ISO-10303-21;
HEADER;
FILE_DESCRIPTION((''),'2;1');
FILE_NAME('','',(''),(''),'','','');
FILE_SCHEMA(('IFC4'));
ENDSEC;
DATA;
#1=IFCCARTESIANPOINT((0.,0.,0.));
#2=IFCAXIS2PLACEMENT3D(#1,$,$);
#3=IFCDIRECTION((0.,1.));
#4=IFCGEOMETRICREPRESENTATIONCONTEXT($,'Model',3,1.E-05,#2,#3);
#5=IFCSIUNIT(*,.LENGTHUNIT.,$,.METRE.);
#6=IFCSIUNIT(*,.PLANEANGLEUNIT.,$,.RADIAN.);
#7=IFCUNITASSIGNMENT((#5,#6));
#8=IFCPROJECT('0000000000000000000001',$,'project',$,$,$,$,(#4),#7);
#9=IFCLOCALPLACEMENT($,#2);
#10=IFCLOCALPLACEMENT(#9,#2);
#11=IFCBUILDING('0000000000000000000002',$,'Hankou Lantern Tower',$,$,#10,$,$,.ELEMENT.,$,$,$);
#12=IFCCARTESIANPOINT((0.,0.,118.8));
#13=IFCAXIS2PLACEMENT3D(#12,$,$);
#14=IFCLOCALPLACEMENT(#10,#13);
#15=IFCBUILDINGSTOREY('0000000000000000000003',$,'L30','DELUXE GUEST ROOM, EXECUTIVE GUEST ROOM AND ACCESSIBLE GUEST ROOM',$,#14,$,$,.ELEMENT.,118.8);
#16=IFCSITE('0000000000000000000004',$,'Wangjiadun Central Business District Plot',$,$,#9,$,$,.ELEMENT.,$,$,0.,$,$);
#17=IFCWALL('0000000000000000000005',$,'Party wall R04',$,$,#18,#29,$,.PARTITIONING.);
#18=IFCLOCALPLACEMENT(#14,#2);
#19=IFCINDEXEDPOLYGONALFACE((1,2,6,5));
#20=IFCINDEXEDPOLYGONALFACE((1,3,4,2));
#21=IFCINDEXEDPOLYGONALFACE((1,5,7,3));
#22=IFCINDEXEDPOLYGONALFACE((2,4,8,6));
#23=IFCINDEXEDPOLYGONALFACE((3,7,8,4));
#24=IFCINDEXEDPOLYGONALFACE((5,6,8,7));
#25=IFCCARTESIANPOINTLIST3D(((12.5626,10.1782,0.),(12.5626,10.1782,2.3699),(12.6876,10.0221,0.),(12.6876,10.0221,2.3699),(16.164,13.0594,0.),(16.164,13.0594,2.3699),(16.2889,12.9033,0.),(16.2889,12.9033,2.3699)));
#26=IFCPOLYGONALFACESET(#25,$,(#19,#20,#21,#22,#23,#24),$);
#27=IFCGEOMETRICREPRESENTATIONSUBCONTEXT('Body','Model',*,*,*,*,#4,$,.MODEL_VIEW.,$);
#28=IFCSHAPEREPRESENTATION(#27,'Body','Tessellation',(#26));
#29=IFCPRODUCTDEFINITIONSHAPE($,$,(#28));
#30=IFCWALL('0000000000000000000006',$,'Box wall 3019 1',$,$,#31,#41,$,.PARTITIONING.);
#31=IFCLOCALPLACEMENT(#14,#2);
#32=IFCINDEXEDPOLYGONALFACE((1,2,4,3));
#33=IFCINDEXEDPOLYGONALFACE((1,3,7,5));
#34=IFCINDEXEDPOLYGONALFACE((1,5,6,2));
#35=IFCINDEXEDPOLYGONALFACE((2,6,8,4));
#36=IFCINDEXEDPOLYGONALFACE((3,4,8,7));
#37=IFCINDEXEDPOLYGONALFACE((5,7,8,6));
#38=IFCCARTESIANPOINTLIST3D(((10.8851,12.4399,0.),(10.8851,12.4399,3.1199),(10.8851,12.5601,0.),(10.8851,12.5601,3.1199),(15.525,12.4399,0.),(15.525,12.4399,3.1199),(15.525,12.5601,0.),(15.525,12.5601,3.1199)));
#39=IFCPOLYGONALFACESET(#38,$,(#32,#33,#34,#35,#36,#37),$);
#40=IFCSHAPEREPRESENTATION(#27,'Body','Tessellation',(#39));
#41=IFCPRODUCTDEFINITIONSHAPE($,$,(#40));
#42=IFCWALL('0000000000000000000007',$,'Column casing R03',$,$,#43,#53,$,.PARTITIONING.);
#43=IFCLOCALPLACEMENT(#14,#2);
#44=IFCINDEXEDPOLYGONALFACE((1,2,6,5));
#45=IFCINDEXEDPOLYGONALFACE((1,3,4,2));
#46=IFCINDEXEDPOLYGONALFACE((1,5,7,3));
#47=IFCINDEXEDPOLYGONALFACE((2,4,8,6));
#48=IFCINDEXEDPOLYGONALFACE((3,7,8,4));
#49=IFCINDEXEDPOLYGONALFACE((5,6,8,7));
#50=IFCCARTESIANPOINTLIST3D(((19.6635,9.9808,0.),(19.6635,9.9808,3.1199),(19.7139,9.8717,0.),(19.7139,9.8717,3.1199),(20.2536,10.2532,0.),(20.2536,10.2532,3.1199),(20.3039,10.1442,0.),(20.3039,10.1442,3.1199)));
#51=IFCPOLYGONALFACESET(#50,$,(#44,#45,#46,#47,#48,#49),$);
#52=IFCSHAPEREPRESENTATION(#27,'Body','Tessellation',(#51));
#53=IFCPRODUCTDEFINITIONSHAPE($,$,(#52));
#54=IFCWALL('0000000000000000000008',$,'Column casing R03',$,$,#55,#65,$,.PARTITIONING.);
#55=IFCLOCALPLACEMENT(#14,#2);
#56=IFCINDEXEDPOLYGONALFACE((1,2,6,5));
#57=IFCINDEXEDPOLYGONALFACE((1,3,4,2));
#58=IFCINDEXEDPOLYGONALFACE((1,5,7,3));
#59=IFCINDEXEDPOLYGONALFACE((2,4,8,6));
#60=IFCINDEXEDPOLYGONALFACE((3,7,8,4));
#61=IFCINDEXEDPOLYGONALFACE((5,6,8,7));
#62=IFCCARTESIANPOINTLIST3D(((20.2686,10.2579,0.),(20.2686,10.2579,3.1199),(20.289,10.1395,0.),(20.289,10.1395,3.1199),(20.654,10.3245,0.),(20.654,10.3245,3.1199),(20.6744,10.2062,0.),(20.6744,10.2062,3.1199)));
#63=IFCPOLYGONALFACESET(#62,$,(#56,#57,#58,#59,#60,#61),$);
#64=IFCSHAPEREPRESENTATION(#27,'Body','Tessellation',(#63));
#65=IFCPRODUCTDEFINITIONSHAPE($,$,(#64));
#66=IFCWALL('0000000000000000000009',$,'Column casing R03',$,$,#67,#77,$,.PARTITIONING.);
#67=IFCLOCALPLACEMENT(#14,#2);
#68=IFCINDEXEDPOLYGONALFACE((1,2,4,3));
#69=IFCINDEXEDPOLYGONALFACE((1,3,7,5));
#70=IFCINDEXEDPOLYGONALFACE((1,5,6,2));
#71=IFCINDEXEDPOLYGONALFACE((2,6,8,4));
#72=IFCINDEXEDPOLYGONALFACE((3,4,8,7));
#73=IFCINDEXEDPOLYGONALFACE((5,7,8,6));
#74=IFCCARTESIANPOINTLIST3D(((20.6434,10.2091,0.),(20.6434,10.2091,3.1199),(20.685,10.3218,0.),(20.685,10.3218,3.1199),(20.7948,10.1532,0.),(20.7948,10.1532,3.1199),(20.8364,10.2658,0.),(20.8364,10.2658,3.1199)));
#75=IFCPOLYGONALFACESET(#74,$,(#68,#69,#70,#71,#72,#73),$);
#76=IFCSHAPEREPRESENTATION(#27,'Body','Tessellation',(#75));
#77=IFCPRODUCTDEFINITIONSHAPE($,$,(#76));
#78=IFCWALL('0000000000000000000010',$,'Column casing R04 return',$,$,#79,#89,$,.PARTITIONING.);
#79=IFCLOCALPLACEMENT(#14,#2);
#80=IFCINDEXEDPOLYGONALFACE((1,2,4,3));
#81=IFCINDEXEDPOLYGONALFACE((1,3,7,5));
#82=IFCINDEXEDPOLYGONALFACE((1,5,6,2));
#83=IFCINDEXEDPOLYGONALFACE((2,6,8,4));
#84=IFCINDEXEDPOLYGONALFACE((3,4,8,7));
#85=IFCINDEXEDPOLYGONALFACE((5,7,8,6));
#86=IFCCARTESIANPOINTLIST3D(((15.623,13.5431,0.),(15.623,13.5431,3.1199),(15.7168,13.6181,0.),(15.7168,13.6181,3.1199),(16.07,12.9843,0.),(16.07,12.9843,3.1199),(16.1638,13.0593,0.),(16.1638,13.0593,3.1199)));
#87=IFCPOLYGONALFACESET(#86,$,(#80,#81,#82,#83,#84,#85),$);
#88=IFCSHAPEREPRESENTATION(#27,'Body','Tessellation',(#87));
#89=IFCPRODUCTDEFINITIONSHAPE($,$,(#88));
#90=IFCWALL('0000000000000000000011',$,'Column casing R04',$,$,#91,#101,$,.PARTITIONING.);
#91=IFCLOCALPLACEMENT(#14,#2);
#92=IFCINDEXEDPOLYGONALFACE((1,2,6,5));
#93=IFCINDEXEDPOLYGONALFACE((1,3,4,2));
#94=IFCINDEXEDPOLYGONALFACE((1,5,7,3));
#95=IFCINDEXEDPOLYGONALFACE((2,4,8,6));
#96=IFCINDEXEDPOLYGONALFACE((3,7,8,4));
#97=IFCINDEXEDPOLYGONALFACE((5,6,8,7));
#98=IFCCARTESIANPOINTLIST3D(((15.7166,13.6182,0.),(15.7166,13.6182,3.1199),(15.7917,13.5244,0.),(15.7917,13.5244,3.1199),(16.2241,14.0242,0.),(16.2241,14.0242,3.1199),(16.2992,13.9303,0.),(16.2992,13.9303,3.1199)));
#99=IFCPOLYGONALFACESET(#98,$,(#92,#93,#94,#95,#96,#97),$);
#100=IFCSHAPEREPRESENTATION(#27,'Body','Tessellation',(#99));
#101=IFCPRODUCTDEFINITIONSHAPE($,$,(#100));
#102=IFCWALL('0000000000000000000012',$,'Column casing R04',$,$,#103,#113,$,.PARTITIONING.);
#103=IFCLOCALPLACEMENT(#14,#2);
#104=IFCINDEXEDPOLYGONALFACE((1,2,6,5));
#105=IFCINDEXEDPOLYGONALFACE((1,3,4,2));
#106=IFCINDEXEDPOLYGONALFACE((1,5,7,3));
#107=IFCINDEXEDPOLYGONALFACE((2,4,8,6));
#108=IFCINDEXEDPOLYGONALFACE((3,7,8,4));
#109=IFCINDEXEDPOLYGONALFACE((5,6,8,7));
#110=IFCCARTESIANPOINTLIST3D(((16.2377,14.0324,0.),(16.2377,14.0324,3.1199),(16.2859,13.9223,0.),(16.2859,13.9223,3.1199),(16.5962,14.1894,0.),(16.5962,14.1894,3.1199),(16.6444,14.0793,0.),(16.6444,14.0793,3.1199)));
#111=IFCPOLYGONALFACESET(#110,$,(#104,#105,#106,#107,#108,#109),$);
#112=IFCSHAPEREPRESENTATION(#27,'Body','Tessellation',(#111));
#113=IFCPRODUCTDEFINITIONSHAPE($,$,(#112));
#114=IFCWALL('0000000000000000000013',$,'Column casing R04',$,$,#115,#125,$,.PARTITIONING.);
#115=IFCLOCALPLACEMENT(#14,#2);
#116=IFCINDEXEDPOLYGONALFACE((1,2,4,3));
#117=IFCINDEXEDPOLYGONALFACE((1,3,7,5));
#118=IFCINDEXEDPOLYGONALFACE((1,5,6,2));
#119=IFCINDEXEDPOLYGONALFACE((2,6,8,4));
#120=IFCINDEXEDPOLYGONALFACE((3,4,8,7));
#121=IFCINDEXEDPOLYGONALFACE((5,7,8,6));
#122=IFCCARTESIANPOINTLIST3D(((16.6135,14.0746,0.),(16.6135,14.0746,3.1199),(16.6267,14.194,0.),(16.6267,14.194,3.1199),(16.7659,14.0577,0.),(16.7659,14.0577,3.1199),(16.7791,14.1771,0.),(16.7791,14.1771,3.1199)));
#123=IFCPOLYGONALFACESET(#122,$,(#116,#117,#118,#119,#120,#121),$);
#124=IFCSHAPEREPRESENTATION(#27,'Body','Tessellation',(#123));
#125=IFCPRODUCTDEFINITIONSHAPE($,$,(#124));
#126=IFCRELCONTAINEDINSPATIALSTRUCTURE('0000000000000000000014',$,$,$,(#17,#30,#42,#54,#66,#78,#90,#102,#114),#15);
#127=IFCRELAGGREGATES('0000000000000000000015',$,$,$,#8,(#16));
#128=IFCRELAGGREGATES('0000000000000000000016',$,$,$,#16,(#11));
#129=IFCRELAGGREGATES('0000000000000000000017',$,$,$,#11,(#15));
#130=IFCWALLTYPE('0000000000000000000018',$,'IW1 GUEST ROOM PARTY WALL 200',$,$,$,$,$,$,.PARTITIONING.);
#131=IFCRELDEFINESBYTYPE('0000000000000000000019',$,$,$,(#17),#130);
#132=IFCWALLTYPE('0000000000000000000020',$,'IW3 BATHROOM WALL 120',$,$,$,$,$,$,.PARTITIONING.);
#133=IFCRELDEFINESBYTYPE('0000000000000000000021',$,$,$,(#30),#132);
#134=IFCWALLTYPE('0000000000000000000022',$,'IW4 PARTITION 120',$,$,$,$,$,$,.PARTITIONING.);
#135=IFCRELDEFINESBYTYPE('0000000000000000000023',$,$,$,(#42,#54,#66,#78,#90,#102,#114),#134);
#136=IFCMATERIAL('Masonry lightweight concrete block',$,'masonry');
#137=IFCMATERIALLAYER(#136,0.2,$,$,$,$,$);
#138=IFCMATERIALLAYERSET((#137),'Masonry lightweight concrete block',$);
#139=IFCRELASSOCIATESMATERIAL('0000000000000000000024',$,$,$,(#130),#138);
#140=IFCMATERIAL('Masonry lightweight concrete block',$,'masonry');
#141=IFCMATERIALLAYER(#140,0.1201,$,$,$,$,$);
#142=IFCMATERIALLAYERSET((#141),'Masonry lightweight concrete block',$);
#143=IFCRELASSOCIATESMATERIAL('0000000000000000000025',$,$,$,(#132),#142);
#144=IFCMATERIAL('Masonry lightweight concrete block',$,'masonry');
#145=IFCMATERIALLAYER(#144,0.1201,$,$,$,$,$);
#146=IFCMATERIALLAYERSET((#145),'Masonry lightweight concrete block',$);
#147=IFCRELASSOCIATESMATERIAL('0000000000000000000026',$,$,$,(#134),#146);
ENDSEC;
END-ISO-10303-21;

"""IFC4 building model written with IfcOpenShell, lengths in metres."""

from ifc_helpers import new_model, si_unit, direction, frame, frame_2d, origin, place, context, subcontext, project, spatial, rectangle, extrude, material, layer, layer_set, type_object, element, save


model = new_model("IFC4")

# Units and contexts
model_context = context("Model", 3, precision=1e-05, world=origin(), true_north=direction((0.0, 1.0)))
body_context = subcontext(model_context, "Body", "Model", "MODEL_VIEW")
ifc_project = project(units=[si_unit("LENGTHUNIT", "METRE"), si_unit("PLANEANGLEUNIT", "RADIAN")], contexts=[model_context])

# Site, building, storey
site_placement = place(None, origin())
site = spatial("IfcSite", under=ifc_project, at=site_placement, Name="Wangjiadun Central Business District Plot", CompositionType="ELEMENT", RefElevation=0.0)
building_placement = place(site_placement, origin())
building = spatial("IfcBuilding", under=site, at=building_placement, Name="Hankou Lantern Tower", CompositionType="ELEMENT")
storey_placement = place(building_placement, frame((0.0, 0.0, 118.8)))
storey = spatial("IfcBuildingStorey", under=building, at=storey_placement, Name="L30", Description="DELUXE GUEST ROOM, EXECUTIVE GUEST ROOM AND ACCESSIBLE GUEST ROOM", CompositionType="ELEMENT", Elevation=118.8)

# Walls
ifc_material_1 = material(Name="Masonry lightweight concrete block", Category="masonry")
ifc_layer_1 = layer(ifc_material_1, 0.2)
ifc_layer_set_1 = layer_set([ifc_layer_1], Name="Masonry lightweight concrete block")
wall_type_1 = type_object("IfcWallType", Name="IW1 GUEST ROOM PARTY WALL 200", PredefinedType="PARTITIONING", material=ifc_layer_set_1)
wall_1_placement = place(storey_placement, frame((12.625, 10.1001, 0.0), z_axis=(0.0, 0.0, 1.0), x_axis=(0.780864, 0.624702, 0.0)))
element("IfcWall", 1, at=wall_1_placement, inside=storey, type_object=wall_type_1, Name="Party wall R04", PredefinedType="PARTITIONING", context=body_context, shape_type="SweptSolid", body=[
    extrude(rectangle(XDim=4.6121, YDim=0.2, at=frame_2d((2.3062, 0.0))), origin(), (0.0, 0.0, 1.0), 2.3699),
])
ifc_material_2 = material(Name="Masonry lightweight concrete block", Category="masonry")
ifc_layer_2 = layer(ifc_material_2, 0.1201)
ifc_layer_set_2 = layer_set([ifc_layer_2], Name="Masonry lightweight concrete block")
wall_type_2 = type_object("IfcWallType", Name="IW3 BATHROOM WALL 120", PredefinedType="PARTITIONING", material=ifc_layer_set_2)
wall_2_placement = place(storey_placement, frame((15.5249, 12.5, 0.0), z_axis=(0.0, 0.0, 1.0), x_axis=(-1.0, 0.0, 0.0)))
element("IfcWall", 2, at=wall_2_placement, inside=storey, type_object=wall_type_2, Name="Box wall 3019 1", PredefinedType="PARTITIONING", context=body_context, shape_type="SweptSolid", body=[
    extrude(rectangle(XDim=4.6399, YDim=0.1201, at=frame_2d((2.3198, 0.0))), origin(), (0.0, 0.0, 1.0), 3.1199),
])
ifc_material_3 = material(Name="Masonry lightweight concrete block", Category="masonry")
ifc_layer_3 = layer(ifc_material_3, 0.1201)
ifc_layer_set_3 = layer_set([ifc_layer_3], Name="Masonry lightweight concrete block")
wall_type_3 = type_object("IfcWallType", Name="IW4 PARTITION 120", PredefinedType="PARTITIONING", material=ifc_layer_set_3)
wall_3_placement = place(storey_placement, frame((19.6887, 9.9263, 0.0), z_axis=(0.0, 0.0, 1.0), x_axis=(0.907893, 0.419201, 0.0)))
element("IfcWall", 3, at=wall_3_placement, inside=storey, type_object=wall_type_3, Name="Column casing R03", PredefinedType="PARTITIONING", context=body_context, shape_type="SweptSolid", body=[
    extrude(rectangle(XDim=0.6499, YDim=0.1201, at=frame_2d((0.325, 0.0))), origin(), (0.0, 0.0, 1.0), 3.1199),
])
wall_4_placement = place(storey_placement, frame((20.2788, 10.1987, 0.0), z_axis=(0.0, 0.0, 1.0), x_axis=(0.985381, 0.170367, 0.0)))
element("IfcWall", 4, at=wall_4_placement, inside=storey, type_object=wall_type_3, Name="Column casing R03", PredefinedType="PARTITIONING", context=body_context, shape_type="SweptSolid", body=[
    extrude(rectangle(XDim=0.3911, YDim=0.1201, at=frame_2d((0.1956, 0.0))), origin(), (0.0, 0.0, 1.0), 3.1199),
])
wall_5_placement = place(storey_placement, frame((20.6643, 10.2654, 0.0), z_axis=(0.0, 0.0, 1.0), x_axis=(0.938059, -0.346477, 0.0)))
element("IfcWall", 5, at=wall_5_placement, inside=storey, type_object=wall_type_3, Name="Column casing R03", PredefinedType="PARTITIONING", context=body_context, shape_type="SweptSolid", body=[
    extrude(rectangle(XDim=0.1614, YDim=0.1201, at=frame_2d((0.0806, 0.0))), origin(), (0.0, 0.0, 1.0), 3.1199),
])
wall_6_placement = place(storey_placement, frame((16.1169, 13.0217, 0.0), z_axis=(0.0, 0.0, 1.0), x_axis=(-0.624653, 0.780902, 0.0)))
element("IfcWall", 6, at=wall_6_placement, inside=storey, type_object=wall_type_3, Name="Column casing R04 return", PredefinedType="PARTITIONING", context=body_context, shape_type="SweptSolid", body=[
    extrude(rectangle(XDim=0.7156, YDim=0.1201, at=frame_2d((0.3579, 0.0))), origin(), (0.0, 0.0, 1.0), 3.1199),
])
wall_7_placement = place(storey_placement, frame((15.7542, 13.5713, 0.0), z_axis=(0.0, 0.0, 1.0), x_axis=(0.780905, 0.624649, 0.0)))
element("IfcWall", 7, at=wall_7_placement, inside=storey, type_object=wall_type_3, Name="Column casing R04", PredefinedType="PARTITIONING", context=body_context, shape_type="SweptSolid", body=[
    extrude(rectangle(XDim=0.6499, YDim=0.1201, at=frame_2d((0.325, 0.0))), origin(), (0.0, 0.0, 1.0), 3.1199),
])
wall_8_placement = place(storey_placement, frame((16.2617, 13.9773, 0.0), z_axis=(0.0, 0.0, 1.0), x_axis=(0.915985, 0.401212, 0.0)))
element("IfcWall", 8, at=wall_8_placement, inside=storey, type_object=wall_type_3, Name="Column casing R04", PredefinedType="PARTITIONING", context=body_context, shape_type="SweptSolid", body=[
    extrude(rectangle(XDim=0.3914, YDim=0.1201, at=frame_2d((0.1958, 0.0))), origin(), (0.0, 0.0, 1.0), 3.1199),
])
wall_9_placement = place(storey_placement, frame((16.6201, 14.1343, 0.0), z_axis=(0.0, 0.0, 1.0), x_axis=(0.993942, -0.109907, 0.0)))
element("IfcWall", 9, at=wall_9_placement, inside=storey, type_object=wall_type_3, Name="Column casing R04", PredefinedType="PARTITIONING", context=body_context, shape_type="SweptSolid", body=[
    extrude(rectangle(XDim=0.1533, YDim=0.1201, at=frame_2d((0.0767, 0.0))), origin(), (0.0, 0.0, 1.0), 3.1199),
])

save(model, "model.ifc")
